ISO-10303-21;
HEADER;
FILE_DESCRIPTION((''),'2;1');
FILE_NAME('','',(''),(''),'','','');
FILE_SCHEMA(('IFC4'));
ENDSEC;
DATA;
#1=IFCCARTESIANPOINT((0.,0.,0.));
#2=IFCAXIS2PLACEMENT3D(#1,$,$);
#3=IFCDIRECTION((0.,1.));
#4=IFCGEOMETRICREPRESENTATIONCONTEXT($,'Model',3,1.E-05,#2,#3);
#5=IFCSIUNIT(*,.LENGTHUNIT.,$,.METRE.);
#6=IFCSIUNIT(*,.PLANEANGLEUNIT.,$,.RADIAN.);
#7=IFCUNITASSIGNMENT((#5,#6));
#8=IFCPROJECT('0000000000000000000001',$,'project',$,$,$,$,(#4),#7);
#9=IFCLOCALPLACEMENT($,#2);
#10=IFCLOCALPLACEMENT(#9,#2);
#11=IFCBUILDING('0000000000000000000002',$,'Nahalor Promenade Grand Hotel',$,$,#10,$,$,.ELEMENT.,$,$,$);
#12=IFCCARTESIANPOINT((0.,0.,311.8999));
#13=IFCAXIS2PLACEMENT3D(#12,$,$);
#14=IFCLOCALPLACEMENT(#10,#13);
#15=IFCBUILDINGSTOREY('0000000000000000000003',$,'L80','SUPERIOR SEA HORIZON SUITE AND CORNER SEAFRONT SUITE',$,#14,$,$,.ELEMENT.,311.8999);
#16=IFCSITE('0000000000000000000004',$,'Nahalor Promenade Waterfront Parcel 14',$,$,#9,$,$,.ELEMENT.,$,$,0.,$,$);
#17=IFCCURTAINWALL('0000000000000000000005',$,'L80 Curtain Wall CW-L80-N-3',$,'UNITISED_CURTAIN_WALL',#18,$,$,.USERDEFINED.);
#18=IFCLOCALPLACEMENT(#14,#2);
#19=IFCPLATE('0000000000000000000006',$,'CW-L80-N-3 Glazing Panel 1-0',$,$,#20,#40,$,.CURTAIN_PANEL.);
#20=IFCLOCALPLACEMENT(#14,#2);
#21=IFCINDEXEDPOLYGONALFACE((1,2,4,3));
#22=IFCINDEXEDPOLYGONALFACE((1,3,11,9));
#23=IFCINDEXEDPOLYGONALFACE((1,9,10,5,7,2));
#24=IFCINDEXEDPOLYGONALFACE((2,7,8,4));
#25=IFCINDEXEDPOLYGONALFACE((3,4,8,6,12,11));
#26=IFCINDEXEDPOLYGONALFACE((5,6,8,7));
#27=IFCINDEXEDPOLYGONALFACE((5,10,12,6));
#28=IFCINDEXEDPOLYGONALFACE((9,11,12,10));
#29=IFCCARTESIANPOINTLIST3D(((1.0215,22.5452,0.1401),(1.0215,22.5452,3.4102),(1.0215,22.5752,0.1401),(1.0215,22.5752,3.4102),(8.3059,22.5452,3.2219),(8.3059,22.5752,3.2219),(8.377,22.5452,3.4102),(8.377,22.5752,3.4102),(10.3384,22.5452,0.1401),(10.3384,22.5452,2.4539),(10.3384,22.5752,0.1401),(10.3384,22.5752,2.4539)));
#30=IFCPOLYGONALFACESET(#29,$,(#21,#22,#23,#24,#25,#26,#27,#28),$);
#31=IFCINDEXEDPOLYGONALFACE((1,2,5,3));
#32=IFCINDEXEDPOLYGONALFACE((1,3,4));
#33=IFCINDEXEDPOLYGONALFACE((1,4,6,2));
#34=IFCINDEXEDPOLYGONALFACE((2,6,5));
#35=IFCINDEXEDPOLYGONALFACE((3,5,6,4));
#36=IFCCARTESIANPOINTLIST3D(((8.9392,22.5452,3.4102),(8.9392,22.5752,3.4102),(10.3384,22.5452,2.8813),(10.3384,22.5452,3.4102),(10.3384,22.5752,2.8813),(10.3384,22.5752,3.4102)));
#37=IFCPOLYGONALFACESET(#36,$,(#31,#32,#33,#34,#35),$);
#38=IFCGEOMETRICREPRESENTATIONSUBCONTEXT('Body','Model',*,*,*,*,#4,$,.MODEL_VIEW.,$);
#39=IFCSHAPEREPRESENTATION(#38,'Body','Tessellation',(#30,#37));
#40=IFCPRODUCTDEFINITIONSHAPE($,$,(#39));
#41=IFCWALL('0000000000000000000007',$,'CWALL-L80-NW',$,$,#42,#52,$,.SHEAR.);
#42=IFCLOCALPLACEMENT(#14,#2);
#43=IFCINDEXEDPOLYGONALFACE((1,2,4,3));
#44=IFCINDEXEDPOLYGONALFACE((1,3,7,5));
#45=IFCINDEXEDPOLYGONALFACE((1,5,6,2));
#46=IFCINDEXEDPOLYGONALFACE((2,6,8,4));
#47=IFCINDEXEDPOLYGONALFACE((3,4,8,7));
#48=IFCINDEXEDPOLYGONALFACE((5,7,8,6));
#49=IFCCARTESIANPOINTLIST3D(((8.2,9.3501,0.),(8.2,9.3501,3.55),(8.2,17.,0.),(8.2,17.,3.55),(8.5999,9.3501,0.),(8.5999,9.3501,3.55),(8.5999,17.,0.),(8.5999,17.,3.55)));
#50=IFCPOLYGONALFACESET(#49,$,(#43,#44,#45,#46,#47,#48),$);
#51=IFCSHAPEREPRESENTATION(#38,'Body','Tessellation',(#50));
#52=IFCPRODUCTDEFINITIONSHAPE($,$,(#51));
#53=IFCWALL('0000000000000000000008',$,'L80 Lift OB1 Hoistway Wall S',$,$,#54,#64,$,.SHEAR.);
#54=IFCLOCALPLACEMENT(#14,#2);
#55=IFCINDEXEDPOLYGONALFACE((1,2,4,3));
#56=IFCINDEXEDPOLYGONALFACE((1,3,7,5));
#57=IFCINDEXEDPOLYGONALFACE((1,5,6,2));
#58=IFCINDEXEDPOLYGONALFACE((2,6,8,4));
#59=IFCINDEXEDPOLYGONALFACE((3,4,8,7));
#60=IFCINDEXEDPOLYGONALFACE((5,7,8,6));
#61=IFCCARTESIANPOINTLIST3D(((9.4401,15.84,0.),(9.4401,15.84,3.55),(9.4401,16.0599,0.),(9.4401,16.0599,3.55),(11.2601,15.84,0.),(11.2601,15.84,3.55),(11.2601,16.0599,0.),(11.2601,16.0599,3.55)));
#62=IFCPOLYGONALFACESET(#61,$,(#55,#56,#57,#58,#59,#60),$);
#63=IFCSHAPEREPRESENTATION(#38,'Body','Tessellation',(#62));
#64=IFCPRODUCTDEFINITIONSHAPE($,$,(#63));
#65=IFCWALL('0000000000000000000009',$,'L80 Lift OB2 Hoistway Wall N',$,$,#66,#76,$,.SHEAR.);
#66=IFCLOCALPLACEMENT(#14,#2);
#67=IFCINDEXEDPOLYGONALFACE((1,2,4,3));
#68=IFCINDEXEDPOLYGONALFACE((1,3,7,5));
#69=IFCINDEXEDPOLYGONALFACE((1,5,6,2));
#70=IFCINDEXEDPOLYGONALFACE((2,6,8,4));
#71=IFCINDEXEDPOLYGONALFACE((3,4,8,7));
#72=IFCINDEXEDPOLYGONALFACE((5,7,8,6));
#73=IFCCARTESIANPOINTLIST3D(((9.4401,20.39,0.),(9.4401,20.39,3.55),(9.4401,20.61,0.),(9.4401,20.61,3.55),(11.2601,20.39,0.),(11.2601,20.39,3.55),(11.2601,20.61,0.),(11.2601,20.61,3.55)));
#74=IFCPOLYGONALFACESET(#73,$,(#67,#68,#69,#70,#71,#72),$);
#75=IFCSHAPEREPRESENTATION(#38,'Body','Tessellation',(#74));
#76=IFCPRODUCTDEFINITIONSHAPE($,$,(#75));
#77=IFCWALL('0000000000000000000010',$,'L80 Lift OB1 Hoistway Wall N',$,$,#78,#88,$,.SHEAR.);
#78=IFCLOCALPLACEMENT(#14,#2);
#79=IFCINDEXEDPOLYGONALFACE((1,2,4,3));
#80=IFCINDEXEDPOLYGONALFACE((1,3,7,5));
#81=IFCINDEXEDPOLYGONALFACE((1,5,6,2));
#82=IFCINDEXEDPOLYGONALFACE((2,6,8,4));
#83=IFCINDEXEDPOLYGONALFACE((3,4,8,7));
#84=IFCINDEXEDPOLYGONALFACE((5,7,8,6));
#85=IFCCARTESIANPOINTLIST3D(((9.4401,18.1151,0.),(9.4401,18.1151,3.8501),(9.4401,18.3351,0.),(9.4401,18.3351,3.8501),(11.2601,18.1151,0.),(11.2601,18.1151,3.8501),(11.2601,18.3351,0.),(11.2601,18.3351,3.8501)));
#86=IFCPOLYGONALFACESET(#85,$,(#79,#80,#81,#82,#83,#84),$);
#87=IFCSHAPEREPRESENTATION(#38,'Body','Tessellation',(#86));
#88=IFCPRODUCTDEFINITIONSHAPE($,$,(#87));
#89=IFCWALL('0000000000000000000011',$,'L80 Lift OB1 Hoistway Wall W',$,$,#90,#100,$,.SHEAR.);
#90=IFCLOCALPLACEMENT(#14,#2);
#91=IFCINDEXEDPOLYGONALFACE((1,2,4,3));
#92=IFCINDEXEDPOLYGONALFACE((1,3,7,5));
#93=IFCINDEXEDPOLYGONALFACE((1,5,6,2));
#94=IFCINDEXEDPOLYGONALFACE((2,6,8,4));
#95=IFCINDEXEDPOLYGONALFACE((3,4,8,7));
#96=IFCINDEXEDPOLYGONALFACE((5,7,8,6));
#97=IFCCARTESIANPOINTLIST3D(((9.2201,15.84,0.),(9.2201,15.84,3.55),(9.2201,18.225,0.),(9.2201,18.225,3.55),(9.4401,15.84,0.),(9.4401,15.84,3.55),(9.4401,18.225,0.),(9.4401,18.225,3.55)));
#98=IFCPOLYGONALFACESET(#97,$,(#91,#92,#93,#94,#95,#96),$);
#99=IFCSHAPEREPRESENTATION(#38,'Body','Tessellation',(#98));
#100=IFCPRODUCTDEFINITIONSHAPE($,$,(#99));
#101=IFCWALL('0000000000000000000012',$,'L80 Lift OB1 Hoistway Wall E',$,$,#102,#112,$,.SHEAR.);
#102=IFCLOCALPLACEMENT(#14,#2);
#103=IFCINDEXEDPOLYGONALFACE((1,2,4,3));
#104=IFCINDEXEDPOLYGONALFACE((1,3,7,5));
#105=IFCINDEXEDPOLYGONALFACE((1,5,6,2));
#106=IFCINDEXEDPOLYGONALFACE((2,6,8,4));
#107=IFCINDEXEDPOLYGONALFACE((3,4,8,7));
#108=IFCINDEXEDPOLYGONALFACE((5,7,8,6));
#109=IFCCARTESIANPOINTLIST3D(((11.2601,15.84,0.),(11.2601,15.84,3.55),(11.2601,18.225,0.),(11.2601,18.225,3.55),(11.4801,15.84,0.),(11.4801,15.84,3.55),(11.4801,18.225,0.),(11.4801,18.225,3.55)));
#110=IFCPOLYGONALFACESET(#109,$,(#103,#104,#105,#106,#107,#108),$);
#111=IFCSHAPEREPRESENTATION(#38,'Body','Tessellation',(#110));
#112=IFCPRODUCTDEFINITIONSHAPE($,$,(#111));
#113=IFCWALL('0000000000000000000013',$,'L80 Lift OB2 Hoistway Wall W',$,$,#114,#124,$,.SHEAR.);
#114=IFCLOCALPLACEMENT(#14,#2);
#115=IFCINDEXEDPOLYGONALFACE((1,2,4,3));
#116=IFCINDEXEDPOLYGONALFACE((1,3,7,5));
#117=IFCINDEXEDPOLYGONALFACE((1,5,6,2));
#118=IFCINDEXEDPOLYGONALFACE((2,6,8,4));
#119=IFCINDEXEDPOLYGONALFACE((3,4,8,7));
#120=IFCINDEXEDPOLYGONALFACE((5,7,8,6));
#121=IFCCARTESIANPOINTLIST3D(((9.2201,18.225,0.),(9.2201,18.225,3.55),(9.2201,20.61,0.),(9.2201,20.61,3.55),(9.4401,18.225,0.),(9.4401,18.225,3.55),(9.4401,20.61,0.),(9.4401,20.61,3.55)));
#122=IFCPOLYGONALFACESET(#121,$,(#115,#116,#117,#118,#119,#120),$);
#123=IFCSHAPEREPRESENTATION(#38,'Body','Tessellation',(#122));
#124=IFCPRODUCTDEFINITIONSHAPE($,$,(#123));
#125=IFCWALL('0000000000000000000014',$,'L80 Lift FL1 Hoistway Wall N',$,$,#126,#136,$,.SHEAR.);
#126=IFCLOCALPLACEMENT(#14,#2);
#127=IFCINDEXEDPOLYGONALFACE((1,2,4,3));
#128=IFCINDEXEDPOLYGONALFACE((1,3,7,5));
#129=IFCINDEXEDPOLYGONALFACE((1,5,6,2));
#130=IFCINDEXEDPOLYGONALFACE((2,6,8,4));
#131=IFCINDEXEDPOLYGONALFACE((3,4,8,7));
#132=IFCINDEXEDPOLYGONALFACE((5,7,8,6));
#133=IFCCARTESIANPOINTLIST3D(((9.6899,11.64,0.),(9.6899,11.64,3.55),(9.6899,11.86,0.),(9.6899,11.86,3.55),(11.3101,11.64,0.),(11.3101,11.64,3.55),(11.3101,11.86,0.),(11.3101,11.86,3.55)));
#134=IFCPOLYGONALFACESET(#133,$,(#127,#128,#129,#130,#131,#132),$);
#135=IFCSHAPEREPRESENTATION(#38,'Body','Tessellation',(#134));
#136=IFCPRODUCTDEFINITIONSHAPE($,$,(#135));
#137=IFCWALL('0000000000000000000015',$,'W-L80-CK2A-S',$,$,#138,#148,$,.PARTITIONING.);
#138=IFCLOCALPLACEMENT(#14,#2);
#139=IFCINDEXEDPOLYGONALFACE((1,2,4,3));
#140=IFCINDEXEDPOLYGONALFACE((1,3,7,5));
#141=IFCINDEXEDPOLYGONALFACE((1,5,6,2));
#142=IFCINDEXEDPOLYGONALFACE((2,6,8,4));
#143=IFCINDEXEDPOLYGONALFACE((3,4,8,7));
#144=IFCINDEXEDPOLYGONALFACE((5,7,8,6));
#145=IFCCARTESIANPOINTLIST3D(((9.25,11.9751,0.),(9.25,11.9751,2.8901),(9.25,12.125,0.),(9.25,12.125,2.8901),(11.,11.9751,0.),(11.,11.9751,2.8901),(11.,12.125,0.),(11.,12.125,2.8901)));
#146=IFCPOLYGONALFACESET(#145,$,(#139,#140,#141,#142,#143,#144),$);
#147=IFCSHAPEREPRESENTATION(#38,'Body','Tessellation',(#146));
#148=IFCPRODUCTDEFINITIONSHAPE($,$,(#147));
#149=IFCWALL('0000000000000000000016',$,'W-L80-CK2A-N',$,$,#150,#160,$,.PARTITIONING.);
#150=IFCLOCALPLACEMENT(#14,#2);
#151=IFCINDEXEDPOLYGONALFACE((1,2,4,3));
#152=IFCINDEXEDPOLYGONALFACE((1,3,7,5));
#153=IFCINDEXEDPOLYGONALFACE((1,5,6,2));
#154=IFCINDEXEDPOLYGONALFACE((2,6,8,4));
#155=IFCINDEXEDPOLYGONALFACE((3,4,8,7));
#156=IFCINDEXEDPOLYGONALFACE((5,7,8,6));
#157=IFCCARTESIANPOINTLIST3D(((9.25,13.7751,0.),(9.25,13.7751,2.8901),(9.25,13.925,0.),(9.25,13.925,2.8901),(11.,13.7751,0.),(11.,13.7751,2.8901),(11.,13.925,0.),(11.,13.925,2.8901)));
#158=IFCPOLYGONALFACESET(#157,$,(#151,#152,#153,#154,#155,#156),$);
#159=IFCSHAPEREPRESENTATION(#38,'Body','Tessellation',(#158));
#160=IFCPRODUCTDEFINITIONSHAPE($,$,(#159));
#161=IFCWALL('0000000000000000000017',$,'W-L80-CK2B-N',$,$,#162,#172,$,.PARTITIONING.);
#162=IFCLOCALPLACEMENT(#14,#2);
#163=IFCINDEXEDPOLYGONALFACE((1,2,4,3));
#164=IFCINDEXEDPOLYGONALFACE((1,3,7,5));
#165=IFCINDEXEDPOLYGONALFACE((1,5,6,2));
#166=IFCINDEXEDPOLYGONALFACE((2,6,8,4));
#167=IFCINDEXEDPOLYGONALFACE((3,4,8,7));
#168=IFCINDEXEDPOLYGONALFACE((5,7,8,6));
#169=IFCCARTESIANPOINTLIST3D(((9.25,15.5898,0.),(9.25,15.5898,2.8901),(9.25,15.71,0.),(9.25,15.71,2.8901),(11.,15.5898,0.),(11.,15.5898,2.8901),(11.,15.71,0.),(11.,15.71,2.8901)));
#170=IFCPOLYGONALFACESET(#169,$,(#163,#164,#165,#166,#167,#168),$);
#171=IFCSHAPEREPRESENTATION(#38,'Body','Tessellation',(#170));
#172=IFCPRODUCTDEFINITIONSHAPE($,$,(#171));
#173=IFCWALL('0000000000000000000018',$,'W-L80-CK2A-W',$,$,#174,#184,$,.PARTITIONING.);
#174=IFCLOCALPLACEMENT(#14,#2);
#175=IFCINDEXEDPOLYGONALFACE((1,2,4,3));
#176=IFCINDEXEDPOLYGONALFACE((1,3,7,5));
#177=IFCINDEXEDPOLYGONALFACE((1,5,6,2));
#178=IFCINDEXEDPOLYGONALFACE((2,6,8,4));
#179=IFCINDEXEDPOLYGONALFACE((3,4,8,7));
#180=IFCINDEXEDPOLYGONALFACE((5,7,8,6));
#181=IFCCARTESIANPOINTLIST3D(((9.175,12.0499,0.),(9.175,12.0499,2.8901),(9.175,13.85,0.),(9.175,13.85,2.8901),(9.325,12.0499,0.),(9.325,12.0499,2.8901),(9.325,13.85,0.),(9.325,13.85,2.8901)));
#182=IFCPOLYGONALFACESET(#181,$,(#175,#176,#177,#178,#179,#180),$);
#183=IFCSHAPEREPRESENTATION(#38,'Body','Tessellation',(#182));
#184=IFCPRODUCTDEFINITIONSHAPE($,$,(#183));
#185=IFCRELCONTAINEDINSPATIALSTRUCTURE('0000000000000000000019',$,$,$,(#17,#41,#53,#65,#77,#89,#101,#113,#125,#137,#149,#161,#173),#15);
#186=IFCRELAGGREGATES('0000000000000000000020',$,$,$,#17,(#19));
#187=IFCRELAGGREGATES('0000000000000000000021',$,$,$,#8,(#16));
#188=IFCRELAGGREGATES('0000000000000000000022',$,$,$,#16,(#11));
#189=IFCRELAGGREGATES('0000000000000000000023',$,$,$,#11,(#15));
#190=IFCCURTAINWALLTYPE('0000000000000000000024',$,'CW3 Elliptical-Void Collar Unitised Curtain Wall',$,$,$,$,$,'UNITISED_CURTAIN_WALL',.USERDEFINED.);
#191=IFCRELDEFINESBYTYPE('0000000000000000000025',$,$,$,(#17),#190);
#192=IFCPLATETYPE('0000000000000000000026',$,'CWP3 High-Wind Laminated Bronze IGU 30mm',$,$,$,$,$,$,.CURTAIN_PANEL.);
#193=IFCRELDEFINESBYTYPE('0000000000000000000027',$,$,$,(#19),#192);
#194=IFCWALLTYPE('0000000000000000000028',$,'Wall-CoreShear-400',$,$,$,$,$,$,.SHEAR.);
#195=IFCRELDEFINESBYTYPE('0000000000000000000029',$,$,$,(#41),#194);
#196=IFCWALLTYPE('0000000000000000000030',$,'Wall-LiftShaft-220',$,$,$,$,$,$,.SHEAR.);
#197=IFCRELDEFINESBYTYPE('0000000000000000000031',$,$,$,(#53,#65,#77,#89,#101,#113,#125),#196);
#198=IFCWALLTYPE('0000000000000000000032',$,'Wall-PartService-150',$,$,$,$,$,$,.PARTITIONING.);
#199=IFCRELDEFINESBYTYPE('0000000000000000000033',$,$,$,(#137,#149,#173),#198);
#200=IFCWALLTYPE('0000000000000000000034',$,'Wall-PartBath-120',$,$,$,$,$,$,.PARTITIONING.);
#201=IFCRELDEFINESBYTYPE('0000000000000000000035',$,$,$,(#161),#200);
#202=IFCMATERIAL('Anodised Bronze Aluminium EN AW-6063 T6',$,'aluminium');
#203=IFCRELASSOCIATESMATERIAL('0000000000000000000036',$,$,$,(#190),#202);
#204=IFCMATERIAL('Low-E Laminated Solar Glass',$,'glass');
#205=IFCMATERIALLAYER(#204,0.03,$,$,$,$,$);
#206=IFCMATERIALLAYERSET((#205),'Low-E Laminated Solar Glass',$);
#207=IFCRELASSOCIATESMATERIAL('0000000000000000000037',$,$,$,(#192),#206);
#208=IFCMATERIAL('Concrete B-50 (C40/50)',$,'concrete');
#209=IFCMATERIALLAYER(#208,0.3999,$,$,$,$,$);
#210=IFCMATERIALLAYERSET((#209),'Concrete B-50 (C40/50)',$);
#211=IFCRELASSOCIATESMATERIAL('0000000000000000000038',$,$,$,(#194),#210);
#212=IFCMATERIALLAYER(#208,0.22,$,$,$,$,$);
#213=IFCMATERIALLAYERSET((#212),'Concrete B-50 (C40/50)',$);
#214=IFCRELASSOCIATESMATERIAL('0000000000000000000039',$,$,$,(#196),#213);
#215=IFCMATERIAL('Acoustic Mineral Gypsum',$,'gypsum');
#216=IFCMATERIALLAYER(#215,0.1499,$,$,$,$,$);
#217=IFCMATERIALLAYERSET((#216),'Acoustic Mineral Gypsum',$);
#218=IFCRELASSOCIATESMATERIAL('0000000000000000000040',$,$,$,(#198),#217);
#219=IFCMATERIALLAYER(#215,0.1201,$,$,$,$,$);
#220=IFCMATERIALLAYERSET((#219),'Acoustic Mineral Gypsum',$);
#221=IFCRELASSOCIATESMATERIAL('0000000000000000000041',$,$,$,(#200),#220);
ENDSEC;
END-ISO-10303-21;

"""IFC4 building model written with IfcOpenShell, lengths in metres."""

from ifc_helpers import new_model, si_unit, direction, frame, frame_2d, origin, place, context, subcontext, project, spatial, polyline, rectangle, outline, extrude, source, transform, mapped, material, layer, layer_set, type_object, element, aggregate, save


model = new_model("IFC4")

# Units and contexts
model_context = context("Model", 3, precision=1e-05, world=origin(), true_north=direction((0.0, 1.0)))
body_context = subcontext(model_context, "Body", "Model", "MODEL_VIEW")
ifc_project = project(units=[si_unit("LENGTHUNIT", "METRE"), si_unit("PLANEANGLEUNIT", "RADIAN")], contexts=[model_context])

# Site, building, storey
site_placement = place(None, origin())
site = spatial("IfcSite", under=ifc_project, at=site_placement, Name="Nahalor Promenade Waterfront Parcel 14", CompositionType="ELEMENT", RefElevation=0.0)
building_placement = place(site_placement, origin())
building = spatial("IfcBuilding", under=site, at=building_placement, Name="Nahalor Promenade Grand Hotel", CompositionType="ELEMENT")
storey_placement = place(building_placement, frame((0.0, 0.0, 311.8999)))
storey = spatial("IfcBuildingStorey", under=building, at=storey_placement, Name="L80", Description="SUPERIOR SEA HORIZON SUITE AND CORNER SEAFRONT SUITE", CompositionType="ELEMENT", Elevation=311.8999)

# Shared definitions
ifc_material_1 = material(Name="Concrete B-50 (C40/50)", Category="concrete")

# Curtain wall, plate
ifc_material_2 = material(Name="Anodised Bronze Aluminium EN AW-6063 T6", Category="aluminium")
curtain_wall_type = type_object("IfcCurtainWallType", Name="CW3 Elliptical-Void Collar Unitised Curtain Wall", ElementType="UNITISED_CURTAIN_WALL", PredefinedType="USERDEFINED", material=ifc_material_2)
curtain_wall_placement = place(storey_placement, origin())
curtain_wall = element("IfcCurtainWall", 1, at=curtain_wall_placement, inside=storey, type_object=curtain_wall_type, Name="L80 Curtain Wall CW-L80-N-3", ObjectType="UNITISED_CURTAIN_WALL", PredefinedType="USERDEFINED")
ifc_material_3 = material(Name="Low-E Laminated Solar Glass", Category="glass")
ifc_layer_1 = layer(ifc_material_3, 0.03)
ifc_layer_set_1 = layer_set([ifc_layer_1], Name="Low-E Laminated Solar Glass")
plate_type = type_object("IfcPlateType", Name="CWP3 High-Wind Laminated Bronze IGU 30mm", PredefinedType="CURTAIN_PANEL", material=ifc_layer_set_1)
plate_placement = place(storey_placement, frame((5.6799, 22.5601, 0.1401), z_axis=(0.0, 0.0, 1.0), x_axis=(1.0, 0.0, 0.0)))
plate = element("IfcPlate", 2, at=plate_placement, type_object=plate_type, Name="CW-L80-N-3 Glazing Panel 1-0", PredefinedType="CURTAIN_PANEL", context=body_context, shape_type="SweptSolid", body=[
    extrude(outline(polyline([(-4.6584, 0.0), (4.6584, 0.0), (4.6584, 2.3137), (2.626, 3.0818), (2.697, 3.27), (-4.6584, 3.27), (-4.6584, 0.0)])), frame((0.0, 0.0151, 0.0), z_axis=(0.0, -1.0, 0.0), x_axis=(1.0, 0.0, 0.0)), (0.0, 0.0, 1.0), 0.03),
    extrude(outline(polyline([(4.6584, 2.7412), (4.6584, 3.27), (3.2593, 3.27), (4.6584, 2.7412)])), frame((0.0, 0.0151, 0.0), z_axis=(0.0, -1.0, 0.0), x_axis=(1.0, 0.0, 0.0)), (0.0, 0.0, 1.0), 0.03),
])
aggregate(curtain_wall, [plate])

# Walls
ifc_layer_2 = layer(ifc_material_1, 0.3999)
ifc_layer_set_2 = layer_set([ifc_layer_2], Name="Concrete B-50 (C40/50)")
wall_type_1 = type_object("IfcWallType", Name="Wall-CoreShear-400", PredefinedType="SHEAR", material=ifc_layer_set_2)
shared_shape_1 = source(origin(), body_context, "Body", "SweptSolid", [
    extrude(rectangle(XDim=7.6499, YDim=0.3999, at=frame_2d((3.825, 0.0))), origin(), (0.0, 0.0, 1.0), 3.55),
])
wall_1_placement = place(storey_placement, frame((8.3999, 9.3501, 0.0), z_axis=(0.0, 0.0, 1.0), x_axis=(0.0, 1.0, 0.0)))
element("IfcWall", 3, at=wall_1_placement, inside=storey, type_object=wall_type_1, Name="CWALL-L80-NW", PredefinedType="SHEAR", context=body_context, shape_type="MappedRepresentation", body=[
    mapped(shared_shape_1, transform((0.0, 0.0, 0.0), scale=1.0)),
])
ifc_layer_3 = layer(ifc_material_1, 0.22)
ifc_layer_set_3 = layer_set([ifc_layer_3], Name="Concrete B-50 (C40/50)")
wall_type_2 = type_object("IfcWallType", Name="Wall-LiftShaft-220", PredefinedType="SHEAR", material=ifc_layer_set_3)
shared_shape_2 = source(origin(), body_context, "Body", "SweptSolid", [
    extrude(rectangle(XDim=1.8201, YDim=0.22, at=frame_2d((0.9102, 0.0))), origin(), (0.0, 0.0, 1.0), 3.55),
])
for number, where, z_axis, x_axis, name in (
    (4, (9.4399, 15.95, 0.0), (0.0, 0.0, 1.0), (1.0, 0.0, 0.0), "L80 Lift OB1 Hoistway Wall S"),
    (5, (9.4399, 20.5, 0.0), (0.0, 0.0, 1.0), (1.0, 0.0, 0.0), "L80 Lift OB2 Hoistway Wall N"),
):
    element("IfcWall", number, at=place(storey_placement, frame(where, z_axis=z_axis, x_axis=x_axis)), inside=storey, type_object=wall_type_2, Name=name, PredefinedType="SHEAR", context=body_context, shape_type="MappedRepresentation", body=[
        mapped(shared_shape_2, transform((0.0, 0.0, 0.0), scale=1.0)),
    ])
shared_shape_3 = source(origin(), body_context, "Body", "SweptSolid", [
    extrude(rectangle(XDim=1.8201, YDim=0.22, at=frame_2d((0.9102, 0.0))), origin(), (0.0, 0.0, 1.0), 3.8501),
])
wall_2_placement = place(storey_placement, frame((9.4399, 18.2251, 0.0), z_axis=(0.0, 0.0, 1.0), x_axis=(1.0, 0.0, 0.0)))
element("IfcWall", 6, at=wall_2_placement, inside=storey, type_object=wall_type_2, Name="L80 Lift OB1 Hoistway Wall N", PredefinedType="SHEAR", context=body_context, shape_type="MappedRepresentation", body=[
    mapped(shared_shape_3, transform((0.0, 0.0, 0.0), scale=1.0)),
])
shared_shape_4 = source(origin(), body_context, "Body", "SweptSolid", [
    extrude(rectangle(XDim=2.385, YDim=0.22, at=frame_2d((1.1924, 0.0))), origin(), (0.0, 0.0, 1.0), 3.55),
])
for number, where, z_axis, x_axis, name in (
    (7, (9.3301, 15.8401, 0.0), (0.0, 0.0, 1.0), (0.0, 1.0, 0.0), "L80 Lift OB1 Hoistway Wall W"),
    (8, (11.3701, 15.8401, 0.0), (0.0, 0.0, 1.0), (0.0, 1.0, 0.0), "L80 Lift OB1 Hoistway Wall E"),
    (9, (9.3301, 18.2251, 0.0), (0.0, 0.0, 1.0), (0.0, 1.0, 0.0), "L80 Lift OB2 Hoistway Wall W"),
):
    element("IfcWall", number, at=place(storey_placement, frame(where, z_axis=z_axis, x_axis=x_axis)), inside=storey, type_object=wall_type_2, Name=name, PredefinedType="SHEAR", context=body_context, shape_type="MappedRepresentation", body=[
        mapped(shared_shape_4, transform((0.0, 0.0, 0.0), scale=1.0)),
    ])
shared_shape_5 = source(origin(), body_context, "Body", "SweptSolid", [
    extrude(rectangle(XDim=1.6201, YDim=0.22, at=frame_2d((0.8101, 0.0))), origin(), (0.0, 0.0, 1.0), 3.55),
])
wall_3_placement = place(storey_placement, frame((9.6899, 11.75, 0.0), z_axis=(0.0, 0.0, 1.0), x_axis=(1.0, 0.0, 0.0)))
element("IfcWall", 10, at=wall_3_placement, inside=storey, type_object=wall_type_2, Name="L80 Lift FL1 Hoistway Wall N", PredefinedType="SHEAR", context=body_context, shape_type="MappedRepresentation", body=[
    mapped(shared_shape_5, transform((0.0, 0.0, 0.0), scale=1.0)),
])
ifc_material_4 = material(Name="Acoustic Mineral Gypsum", Category="gypsum")
ifc_layer_4 = layer(ifc_material_4, 0.1499)
ifc_layer_set_4 = layer_set([ifc_layer_4], Name="Acoustic Mineral Gypsum")
wall_type_3 = type_object("IfcWallType", Name="Wall-PartService-150", PredefinedType="PARTITIONING", material=ifc_layer_set_4)
shared_shape_6 = source(origin(), body_context, "Body", "SweptSolid", [
    extrude(rectangle(XDim=1.75, YDim=0.1499, at=frame_2d((0.875, 0.0))), origin(), (0.0, 0.0, 1.0), 2.8901),
])
for number, where, z_axis, x_axis, name in (
    (11, (9.25, 12.05, 0.0), (0.0, 0.0, 1.0), (1.0, 0.0, 0.0), "W-L80-CK2A-S"),
    (12, (9.25, 13.8501, 0.0), (0.0, 0.0, 1.0), (1.0, 0.0, 0.0), "W-L80-CK2A-N"),
):
    element("IfcWall", number, at=place(storey_placement, frame(where, z_axis=z_axis, x_axis=x_axis)), inside=storey, type_object=wall_type_3, Name=name, PredefinedType="PARTITIONING", context=body_context, shape_type="MappedRepresentation", body=[
        mapped(shared_shape_6, transform((0.0, 0.0, 0.0), scale=1.0)),
    ])
ifc_layer_5 = layer(ifc_material_4, 0.1201)
ifc_layer_set_5 = layer_set([ifc_layer_5], Name="Acoustic Mineral Gypsum")
wall_type_4 = type_object("IfcWallType", Name="Wall-PartBath-120", PredefinedType="PARTITIONING", material=ifc_layer_set_5)
shared_shape_7 = source(origin(), body_context, "Body", "SweptSolid", [
    extrude(rectangle(XDim=1.75, YDim=0.1201, at=frame_2d((0.875, 0.0))), origin(), (0.0, 0.0, 1.0), 2.8901),
])
wall_4_placement = place(storey_placement, frame((9.25, 15.6499, 0.0), z_axis=(0.0, 0.0, 1.0), x_axis=(1.0, 0.0, 0.0)))
element("IfcWall", 13, at=wall_4_placement, inside=storey, type_object=wall_type_4, Name="W-L80-CK2B-N", PredefinedType="PARTITIONING", context=body_context, shape_type="MappedRepresentation", body=[
    mapped(shared_shape_7, transform((0.0, 0.0, 0.0), scale=1.0)),
])
shared_shape_8 = source(origin(), body_context, "Body", "SweptSolid", [
    extrude(rectangle(XDim=1.8, YDim=0.1499, at=frame_2d((0.8999, 0.0))), origin(), (0.0, 0.0, 1.0), 2.8901),
])
wall_5_placement = place(storey_placement, frame((9.25, 12.05, 0.0), z_axis=(0.0, 0.0, 1.0), x_axis=(0.0, 1.0, 0.0)))
element("IfcWall", 14, at=wall_5_placement, inside=storey, type_object=wall_type_3, Name="W-L80-CK2A-W", PredefinedType="PARTITIONING", context=body_context, shape_type="MappedRepresentation", body=[
    mapped(shared_shape_8, transform((0.0, 0.0, 0.0), scale=1.0)),
])

save(model, "model.ifc")
